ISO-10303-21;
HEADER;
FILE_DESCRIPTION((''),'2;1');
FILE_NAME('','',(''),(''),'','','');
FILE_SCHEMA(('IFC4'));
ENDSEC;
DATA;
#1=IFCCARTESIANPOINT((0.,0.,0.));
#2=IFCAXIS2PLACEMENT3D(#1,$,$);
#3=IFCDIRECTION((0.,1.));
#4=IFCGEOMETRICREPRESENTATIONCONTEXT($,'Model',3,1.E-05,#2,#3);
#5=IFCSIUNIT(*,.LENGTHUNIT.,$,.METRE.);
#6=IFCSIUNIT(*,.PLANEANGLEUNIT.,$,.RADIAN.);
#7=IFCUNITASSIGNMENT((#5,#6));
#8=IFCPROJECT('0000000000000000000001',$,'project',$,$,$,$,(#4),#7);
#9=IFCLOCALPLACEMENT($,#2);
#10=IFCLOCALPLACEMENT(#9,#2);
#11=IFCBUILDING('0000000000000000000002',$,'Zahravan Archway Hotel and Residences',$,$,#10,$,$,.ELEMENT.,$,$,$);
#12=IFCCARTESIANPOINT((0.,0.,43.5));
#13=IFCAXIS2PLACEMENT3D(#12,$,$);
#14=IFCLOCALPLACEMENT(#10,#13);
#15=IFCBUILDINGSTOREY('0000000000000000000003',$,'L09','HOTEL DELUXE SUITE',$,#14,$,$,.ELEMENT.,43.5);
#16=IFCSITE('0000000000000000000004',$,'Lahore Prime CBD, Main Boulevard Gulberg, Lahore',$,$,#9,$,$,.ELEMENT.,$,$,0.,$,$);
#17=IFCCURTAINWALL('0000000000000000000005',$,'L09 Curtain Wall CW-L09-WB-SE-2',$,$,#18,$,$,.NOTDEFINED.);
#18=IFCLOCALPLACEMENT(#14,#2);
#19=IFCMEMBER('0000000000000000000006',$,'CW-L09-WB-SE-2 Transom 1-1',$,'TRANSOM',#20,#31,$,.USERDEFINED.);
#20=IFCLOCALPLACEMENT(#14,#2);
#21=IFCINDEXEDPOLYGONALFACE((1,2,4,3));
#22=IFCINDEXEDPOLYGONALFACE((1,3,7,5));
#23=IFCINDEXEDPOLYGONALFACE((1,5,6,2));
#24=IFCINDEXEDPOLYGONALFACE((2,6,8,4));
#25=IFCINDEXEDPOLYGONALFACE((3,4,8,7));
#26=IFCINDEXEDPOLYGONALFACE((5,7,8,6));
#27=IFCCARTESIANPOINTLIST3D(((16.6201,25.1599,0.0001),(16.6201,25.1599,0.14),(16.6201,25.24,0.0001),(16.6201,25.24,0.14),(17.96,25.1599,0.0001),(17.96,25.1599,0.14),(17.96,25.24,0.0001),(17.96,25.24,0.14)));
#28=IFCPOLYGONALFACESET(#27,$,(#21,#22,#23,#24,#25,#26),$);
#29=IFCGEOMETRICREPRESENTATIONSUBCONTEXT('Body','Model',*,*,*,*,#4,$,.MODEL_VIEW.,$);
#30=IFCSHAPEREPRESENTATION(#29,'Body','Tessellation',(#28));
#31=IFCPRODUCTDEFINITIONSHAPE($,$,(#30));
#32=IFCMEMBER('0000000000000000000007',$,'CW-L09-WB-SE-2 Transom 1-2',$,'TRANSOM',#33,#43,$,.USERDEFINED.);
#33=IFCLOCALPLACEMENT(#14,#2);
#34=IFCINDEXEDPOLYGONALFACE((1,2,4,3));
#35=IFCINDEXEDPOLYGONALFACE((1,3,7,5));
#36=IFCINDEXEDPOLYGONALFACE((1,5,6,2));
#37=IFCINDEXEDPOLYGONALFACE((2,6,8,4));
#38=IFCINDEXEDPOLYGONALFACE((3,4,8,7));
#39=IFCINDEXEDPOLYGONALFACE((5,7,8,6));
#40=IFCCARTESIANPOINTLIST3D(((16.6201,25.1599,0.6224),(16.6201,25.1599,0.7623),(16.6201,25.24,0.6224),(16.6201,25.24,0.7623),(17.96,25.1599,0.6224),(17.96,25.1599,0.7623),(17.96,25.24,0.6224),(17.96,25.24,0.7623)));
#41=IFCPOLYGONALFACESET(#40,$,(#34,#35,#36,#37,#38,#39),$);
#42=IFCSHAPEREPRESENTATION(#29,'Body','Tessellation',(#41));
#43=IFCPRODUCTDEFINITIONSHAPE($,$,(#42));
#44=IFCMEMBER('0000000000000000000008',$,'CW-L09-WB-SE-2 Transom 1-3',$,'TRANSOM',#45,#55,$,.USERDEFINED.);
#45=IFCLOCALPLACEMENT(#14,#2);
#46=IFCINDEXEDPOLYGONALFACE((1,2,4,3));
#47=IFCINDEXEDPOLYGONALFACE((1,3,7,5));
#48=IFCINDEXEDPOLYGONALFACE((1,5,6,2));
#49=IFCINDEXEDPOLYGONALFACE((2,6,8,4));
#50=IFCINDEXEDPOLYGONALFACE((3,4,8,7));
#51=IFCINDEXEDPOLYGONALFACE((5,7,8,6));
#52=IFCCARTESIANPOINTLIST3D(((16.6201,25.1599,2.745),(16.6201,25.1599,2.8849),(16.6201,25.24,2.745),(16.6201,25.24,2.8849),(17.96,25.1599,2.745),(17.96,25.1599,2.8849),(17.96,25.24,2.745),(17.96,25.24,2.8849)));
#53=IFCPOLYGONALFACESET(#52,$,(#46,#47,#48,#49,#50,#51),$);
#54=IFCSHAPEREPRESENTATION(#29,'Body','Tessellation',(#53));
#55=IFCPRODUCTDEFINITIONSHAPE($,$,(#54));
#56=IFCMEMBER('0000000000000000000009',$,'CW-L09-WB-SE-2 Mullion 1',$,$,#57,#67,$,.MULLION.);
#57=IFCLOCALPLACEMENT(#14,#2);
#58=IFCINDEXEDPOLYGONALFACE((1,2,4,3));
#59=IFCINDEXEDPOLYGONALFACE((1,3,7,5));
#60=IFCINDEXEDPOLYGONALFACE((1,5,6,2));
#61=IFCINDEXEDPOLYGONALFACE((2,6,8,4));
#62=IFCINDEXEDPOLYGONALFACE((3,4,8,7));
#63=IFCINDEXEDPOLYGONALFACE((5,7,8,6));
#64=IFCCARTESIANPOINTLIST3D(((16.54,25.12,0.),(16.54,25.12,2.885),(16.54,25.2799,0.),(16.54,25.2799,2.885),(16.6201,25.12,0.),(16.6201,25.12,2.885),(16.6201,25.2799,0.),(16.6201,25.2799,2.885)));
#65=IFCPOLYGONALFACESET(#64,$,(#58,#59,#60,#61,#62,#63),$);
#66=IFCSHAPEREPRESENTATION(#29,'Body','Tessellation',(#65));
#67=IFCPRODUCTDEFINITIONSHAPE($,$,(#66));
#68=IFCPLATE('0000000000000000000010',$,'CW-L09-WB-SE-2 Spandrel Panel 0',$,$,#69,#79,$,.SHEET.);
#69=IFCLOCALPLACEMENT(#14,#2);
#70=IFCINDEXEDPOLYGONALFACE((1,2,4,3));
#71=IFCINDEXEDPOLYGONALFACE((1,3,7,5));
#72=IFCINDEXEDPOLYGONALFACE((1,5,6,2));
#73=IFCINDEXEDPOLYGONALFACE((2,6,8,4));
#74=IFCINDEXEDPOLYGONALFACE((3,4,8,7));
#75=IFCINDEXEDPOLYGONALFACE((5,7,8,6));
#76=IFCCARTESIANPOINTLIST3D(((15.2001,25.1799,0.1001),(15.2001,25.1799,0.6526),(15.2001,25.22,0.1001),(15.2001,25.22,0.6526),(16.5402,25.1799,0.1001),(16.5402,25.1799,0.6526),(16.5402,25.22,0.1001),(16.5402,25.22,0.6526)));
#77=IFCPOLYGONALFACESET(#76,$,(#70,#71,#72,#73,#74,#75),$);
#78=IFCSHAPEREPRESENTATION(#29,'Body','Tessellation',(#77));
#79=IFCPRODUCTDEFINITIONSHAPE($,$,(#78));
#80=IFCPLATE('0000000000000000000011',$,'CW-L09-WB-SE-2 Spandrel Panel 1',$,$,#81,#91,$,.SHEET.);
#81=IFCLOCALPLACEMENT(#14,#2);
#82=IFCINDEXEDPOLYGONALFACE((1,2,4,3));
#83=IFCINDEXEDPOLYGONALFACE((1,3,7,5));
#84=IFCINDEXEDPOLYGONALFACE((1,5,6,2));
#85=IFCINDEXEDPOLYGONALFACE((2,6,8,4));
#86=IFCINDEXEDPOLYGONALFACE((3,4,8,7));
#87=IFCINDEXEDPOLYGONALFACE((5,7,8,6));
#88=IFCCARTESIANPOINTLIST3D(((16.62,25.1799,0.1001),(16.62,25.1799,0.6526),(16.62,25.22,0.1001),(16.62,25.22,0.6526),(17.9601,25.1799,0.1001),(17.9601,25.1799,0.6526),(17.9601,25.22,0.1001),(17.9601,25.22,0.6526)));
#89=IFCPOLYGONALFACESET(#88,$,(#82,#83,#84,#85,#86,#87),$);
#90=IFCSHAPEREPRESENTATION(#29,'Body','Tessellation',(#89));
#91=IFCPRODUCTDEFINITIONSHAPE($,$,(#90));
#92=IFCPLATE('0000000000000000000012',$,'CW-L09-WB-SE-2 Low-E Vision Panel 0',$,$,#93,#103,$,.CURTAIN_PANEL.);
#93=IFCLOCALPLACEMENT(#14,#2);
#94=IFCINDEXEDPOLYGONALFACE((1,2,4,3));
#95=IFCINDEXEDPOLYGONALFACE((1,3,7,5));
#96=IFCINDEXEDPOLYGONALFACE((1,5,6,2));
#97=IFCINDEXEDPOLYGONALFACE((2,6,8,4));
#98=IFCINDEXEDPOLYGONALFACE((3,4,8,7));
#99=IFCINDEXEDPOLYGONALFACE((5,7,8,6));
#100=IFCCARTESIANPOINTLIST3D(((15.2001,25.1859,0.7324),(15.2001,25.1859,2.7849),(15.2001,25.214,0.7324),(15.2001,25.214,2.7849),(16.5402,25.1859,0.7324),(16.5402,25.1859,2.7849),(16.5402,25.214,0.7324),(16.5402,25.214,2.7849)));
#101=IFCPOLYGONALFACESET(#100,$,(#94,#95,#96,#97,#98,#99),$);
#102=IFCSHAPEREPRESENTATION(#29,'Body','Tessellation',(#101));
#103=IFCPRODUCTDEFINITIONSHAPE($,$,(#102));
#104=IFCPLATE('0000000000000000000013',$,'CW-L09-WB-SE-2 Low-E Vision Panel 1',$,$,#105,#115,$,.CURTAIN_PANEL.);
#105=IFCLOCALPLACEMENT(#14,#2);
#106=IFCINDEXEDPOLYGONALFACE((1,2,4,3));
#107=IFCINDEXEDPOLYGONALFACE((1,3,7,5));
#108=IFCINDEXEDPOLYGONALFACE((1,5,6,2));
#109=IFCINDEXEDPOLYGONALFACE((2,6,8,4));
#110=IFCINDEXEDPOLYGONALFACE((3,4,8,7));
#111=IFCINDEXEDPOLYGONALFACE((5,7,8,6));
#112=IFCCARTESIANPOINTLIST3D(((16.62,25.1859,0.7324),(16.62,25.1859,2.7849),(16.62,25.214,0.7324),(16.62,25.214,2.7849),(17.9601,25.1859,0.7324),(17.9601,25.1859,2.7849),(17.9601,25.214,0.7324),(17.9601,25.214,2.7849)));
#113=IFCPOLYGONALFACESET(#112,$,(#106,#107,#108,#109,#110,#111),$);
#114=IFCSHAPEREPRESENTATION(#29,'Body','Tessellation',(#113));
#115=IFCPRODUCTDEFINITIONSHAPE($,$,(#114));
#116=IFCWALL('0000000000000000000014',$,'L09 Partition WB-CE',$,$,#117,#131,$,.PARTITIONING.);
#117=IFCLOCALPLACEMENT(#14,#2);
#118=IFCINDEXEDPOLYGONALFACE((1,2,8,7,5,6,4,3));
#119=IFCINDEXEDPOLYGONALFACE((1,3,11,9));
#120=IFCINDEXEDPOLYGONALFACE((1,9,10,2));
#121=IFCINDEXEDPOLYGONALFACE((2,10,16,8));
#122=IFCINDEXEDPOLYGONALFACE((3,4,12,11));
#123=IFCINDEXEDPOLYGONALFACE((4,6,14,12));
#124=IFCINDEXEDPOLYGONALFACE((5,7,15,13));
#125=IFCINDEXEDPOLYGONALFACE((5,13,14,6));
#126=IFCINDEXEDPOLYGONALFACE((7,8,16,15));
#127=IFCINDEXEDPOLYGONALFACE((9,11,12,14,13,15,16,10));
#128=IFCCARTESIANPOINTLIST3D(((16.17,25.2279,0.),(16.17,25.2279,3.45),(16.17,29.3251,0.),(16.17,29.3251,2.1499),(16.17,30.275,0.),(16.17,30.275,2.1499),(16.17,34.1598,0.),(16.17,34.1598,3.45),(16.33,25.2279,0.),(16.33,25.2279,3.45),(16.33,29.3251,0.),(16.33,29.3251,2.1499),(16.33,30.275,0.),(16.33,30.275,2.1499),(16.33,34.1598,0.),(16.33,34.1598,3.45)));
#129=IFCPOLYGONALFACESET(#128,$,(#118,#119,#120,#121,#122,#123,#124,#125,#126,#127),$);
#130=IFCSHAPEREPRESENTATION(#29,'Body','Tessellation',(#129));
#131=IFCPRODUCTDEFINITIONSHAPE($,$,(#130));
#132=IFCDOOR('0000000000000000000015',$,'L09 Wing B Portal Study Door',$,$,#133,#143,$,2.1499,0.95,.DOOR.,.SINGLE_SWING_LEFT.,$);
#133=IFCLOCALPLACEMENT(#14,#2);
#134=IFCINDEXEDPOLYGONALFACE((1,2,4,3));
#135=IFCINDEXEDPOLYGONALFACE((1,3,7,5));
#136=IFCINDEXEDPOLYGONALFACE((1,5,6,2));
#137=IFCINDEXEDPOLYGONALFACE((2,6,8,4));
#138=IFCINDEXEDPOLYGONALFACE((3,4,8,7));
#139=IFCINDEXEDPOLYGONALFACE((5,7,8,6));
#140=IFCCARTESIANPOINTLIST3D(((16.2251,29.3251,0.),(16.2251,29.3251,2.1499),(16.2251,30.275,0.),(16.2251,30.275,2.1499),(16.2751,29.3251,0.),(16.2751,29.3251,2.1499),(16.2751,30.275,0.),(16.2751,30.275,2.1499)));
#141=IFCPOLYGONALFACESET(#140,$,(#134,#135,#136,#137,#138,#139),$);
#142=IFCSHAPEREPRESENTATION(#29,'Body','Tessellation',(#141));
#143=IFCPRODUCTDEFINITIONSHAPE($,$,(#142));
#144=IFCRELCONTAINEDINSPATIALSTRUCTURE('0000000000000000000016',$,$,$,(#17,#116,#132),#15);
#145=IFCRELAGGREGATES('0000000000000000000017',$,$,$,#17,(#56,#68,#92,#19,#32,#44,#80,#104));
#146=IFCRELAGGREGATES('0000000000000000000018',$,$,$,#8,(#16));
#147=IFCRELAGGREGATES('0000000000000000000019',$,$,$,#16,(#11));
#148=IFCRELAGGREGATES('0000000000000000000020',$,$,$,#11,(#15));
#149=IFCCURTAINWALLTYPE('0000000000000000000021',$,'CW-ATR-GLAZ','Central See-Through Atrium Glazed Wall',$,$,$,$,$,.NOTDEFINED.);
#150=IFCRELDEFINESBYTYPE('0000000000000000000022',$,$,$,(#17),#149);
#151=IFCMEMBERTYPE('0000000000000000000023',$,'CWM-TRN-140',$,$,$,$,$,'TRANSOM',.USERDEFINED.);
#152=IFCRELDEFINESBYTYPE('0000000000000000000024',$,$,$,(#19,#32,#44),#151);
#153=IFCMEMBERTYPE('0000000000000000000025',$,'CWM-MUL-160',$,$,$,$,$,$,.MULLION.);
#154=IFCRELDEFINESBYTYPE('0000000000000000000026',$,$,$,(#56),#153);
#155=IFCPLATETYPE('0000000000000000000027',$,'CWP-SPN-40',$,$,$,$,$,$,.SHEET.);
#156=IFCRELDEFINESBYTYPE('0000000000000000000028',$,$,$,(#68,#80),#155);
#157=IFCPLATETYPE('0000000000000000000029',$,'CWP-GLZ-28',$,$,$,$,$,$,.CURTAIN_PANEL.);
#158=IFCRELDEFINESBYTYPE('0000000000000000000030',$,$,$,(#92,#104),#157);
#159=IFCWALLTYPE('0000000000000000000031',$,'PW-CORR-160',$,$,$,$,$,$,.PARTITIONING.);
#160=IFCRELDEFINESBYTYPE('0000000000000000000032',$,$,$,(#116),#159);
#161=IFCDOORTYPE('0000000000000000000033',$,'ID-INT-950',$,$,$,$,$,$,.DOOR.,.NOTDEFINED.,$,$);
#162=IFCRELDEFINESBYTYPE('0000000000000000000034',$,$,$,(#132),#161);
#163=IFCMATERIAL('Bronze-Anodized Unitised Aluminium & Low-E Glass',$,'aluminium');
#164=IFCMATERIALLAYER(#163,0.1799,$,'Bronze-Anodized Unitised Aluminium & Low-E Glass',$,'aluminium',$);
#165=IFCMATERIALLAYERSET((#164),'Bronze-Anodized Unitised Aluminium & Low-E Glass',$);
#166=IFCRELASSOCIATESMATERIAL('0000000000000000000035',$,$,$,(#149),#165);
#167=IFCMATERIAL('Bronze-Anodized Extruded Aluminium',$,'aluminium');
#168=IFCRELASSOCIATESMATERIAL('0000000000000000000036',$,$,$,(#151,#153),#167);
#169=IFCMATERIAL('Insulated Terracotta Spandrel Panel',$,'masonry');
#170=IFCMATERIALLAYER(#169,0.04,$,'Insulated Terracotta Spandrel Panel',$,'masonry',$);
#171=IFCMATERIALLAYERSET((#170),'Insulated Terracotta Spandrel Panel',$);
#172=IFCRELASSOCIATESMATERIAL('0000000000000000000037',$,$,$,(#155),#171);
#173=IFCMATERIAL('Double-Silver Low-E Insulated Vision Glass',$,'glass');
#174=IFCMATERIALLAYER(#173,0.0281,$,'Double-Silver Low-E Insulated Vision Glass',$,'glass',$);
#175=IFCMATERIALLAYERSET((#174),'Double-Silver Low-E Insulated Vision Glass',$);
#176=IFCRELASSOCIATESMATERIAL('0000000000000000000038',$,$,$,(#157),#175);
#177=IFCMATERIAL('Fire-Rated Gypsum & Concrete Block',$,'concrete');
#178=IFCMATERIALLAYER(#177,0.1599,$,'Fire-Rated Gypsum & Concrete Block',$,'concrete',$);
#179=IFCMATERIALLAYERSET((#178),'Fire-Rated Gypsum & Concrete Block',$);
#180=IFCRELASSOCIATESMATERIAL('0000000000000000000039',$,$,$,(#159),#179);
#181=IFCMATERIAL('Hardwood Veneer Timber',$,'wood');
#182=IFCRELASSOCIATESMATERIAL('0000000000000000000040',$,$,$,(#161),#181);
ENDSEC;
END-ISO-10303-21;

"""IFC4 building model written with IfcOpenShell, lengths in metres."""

from ifc_helpers import new_model, si_unit, direction, frame, frame_2d, origin, origin_2d, place, context, subcontext, project, spatial, rectangle, extrude, source, transform, mapped, material, layer, layer_set, material_profile, profile_set, type_object, type_shapes, element, fill, aggregate, save


model = new_model("IFC4")

# Units and contexts
model_context = context("Model", 3, precision=1e-05, world=origin(), true_north=direction((0.0, 1.0)))
body_context = subcontext(model_context, "Body", "Model", "MODEL_VIEW")
ifc_project = project(units=[si_unit("LENGTHUNIT", "METRE"), si_unit("PLANEANGLEUNIT", "RADIAN")], contexts=[model_context])

# Site, building, storey
site_placement = place(None, origin())
site = spatial("IfcSite", under=ifc_project, at=site_placement, Name="Lahore Prime CBD, Main Boulevard Gulberg, Lahore", CompositionType="ELEMENT", RefElevation=0.0)
building_placement = place(site_placement, origin())
building = spatial("IfcBuilding", under=site, at=building_placement, Name="Zahravan Archway Hotel and Residences", CompositionType="ELEMENT")
storey_placement = place(building_placement, frame((0.0, 0.0, 43.5)))
storey = spatial("IfcBuildingStorey", under=building, at=storey_placement, Name="L09", Description="HOTEL DELUXE SUITE", CompositionType="ELEMENT", Elevation=43.5)

# Curtain wall, members, plates
ifc_material_1 = material(Name="Bronze-Anodized Unitised Aluminium & Low-E Glass", Category="aluminium")
ifc_layer_1 = layer(ifc_material_1, 0.1799, Name="Bronze-Anodized Unitised Aluminium & Low-E Glass", Category="aluminium")
ifc_layer_set_1 = layer_set([ifc_layer_1], Name="Bronze-Anodized Unitised Aluminium & Low-E Glass")
curtain_wall_type = type_object("IfcCurtainWallType", Name="CW-ATR-GLAZ", Description="Central See-Through Atrium Glazed Wall", PredefinedType="NOTDEFINED", material=ifc_layer_set_1)
curtain_wall_placement = place(storey_placement, origin())
curtain_wall = element("IfcCurtainWall", 1, at=curtain_wall_placement, inside=storey, type_object=curtain_wall_type, Name="L09 Curtain Wall CW-L09-WB-SE-2", PredefinedType="NOTDEFINED")
ifc_material_2 = material(Name="Bronze-Anodized Extruded Aluminium", Category="aluminium")
ifc_material_profile_1 = material_profile(ifc_material_2, rectangle(XDim=0.0801, YDim=0.1399, at=origin_2d()), Name="TRN 80x140", Category="aluminium")
ifc_profile_set_1 = profile_set([ifc_material_profile_1], Name="Bronze-Anodized Extruded Aluminium")
member_type_1 = type_object("IfcMemberType", Name="CWM-TRN-140", ElementType="TRANSOM", PredefinedType="USERDEFINED", material=ifc_profile_set_1)
shared_shape_1 = source(origin(), body_context, "Body", "SweptSolid", [
    extrude(rectangle(XDim=0.0801, YDim=0.1399, at=origin_2d()), origin(), (0.0, 0.0, 1.0), 1.3398),
])
member_1_placement = place(storey_placement, frame((16.6201, 25.2, 0.0701), z_axis=(1.0, 0.0, 0.0), x_axis=(0.0, 1.0, 0.0)))
member_1 = element("IfcMember", 2, at=member_1_placement, type_object=member_type_1, Name="CW-L09-WB-SE-2 Transom 1-1", ObjectType="TRANSOM", PredefinedType="USERDEFINED", context=body_context, shape_type="MappedRepresentation", body=[
    mapped(shared_shape_1, transform((0.0, 0.0, 0.0), scale=1.0)),
])
member_2_placement = place(storey_placement, frame((16.6201, 25.2, 0.6924), z_axis=(1.0, 0.0, 0.0), x_axis=(0.0, 1.0, 0.0)))
member_2 = element("IfcMember", 3, at=member_2_placement, type_object=member_type_1, Name="CW-L09-WB-SE-2 Transom 1-2", ObjectType="TRANSOM", PredefinedType="USERDEFINED", context=body_context, shape_type="MappedRepresentation", body=[
    mapped(shared_shape_1, transform((0.0, 0.0, 0.0), scale=1.0)),
])
member_3_placement = place(storey_placement, frame((16.6201, 25.2, 2.8149), z_axis=(1.0, 0.0, 0.0), x_axis=(0.0, 1.0, 0.0)))
member_3 = element("IfcMember", 4, at=member_3_placement, type_object=member_type_1, Name="CW-L09-WB-SE-2 Transom 1-3", ObjectType="TRANSOM", PredefinedType="USERDEFINED", context=body_context, shape_type="MappedRepresentation", body=[
    mapped(shared_shape_1, transform((0.0, 0.0, 0.0), scale=1.0)),
])
ifc_material_profile_2 = material_profile(ifc_material_2, rectangle(XDim=0.0801, YDim=0.1599, at=origin_2d()), Name="MUL 80x160", Category="aluminium")
ifc_profile_set_2 = profile_set([ifc_material_profile_2], Name="Bronze-Anodized Extruded Aluminium")
member_type_2 = type_object("IfcMemberType", Name="CWM-MUL-160", PredefinedType="MULLION", material=ifc_profile_set_2)
shared_shape_2 = source(origin(), body_context, "Body", "SweptSolid", [
    extrude(rectangle(XDim=0.0801, YDim=0.1599, at=origin_2d()), origin(), (0.0, 0.0, 1.0), 2.885),
])
member_4_placement = place(storey_placement, frame((16.5801, 25.2, 0.0), z_axis=(0.0, 0.0, 1.0), x_axis=(1.0, 0.0, 0.0)))
member_4 = element("IfcMember", 5, at=member_4_placement, type_object=member_type_2, Name="CW-L09-WB-SE-2 Mullion 1", PredefinedType="MULLION", context=body_context, shape_type="MappedRepresentation", body=[
    mapped(shared_shape_2, transform((0.0, 0.0, 0.0), scale=1.0)),
])
ifc_material_3 = material(Name="Insulated Terracotta Spandrel Panel", Category="masonry")
ifc_layer_2 = layer(ifc_material_3, 0.04, Name="Insulated Terracotta Spandrel Panel", Category="masonry")
ifc_layer_set_2 = layer_set([ifc_layer_2], Name="Insulated Terracotta Spandrel Panel")
plate_type_1 = type_object("IfcPlateType", Name="CWP-SPN-40", PredefinedType="SHEET", material=ifc_layer_set_2)
shared_shape_3 = source(origin(), body_context, "Body", "SweptSolid", [
    extrude(rectangle(XDim=1.3401, YDim=0.04, at=origin_2d()), origin(), (0.0, 0.0, 1.0), 0.5525),
])
plate_1_placement = place(storey_placement, frame((15.8701, 25.2, 0.1001), z_axis=(0.0, 0.0, 1.0), x_axis=(1.0, 0.0, 0.0)))
plate_1 = element("IfcPlate", 6, at=plate_1_placement, type_object=plate_type_1, Name="CW-L09-WB-SE-2 Spandrel Panel 0", PredefinedType="SHEET", context=body_context, shape_type="MappedRepresentation", body=[
    mapped(shared_shape_3, transform((0.0, 0.0, 0.0), scale=1.0)),
])
plate_2_placement = place(storey_placement, frame((17.29, 25.2, 0.1001), z_axis=(0.0, 0.0, 1.0), x_axis=(1.0, 0.0, 0.0)))
plate_2 = element("IfcPlate", 7, at=plate_2_placement, type_object=plate_type_1, Name="CW-L09-WB-SE-2 Spandrel Panel 1", PredefinedType="SHEET", context=body_context, shape_type="MappedRepresentation", body=[
    mapped(shared_shape_3, transform((0.0, 0.0, 0.0), scale=1.0)),
])
ifc_material_4 = material(Name="Double-Silver Low-E Insulated Vision Glass", Category="glass")
ifc_layer_3 = layer(ifc_material_4, 0.0281, Name="Double-Silver Low-E Insulated Vision Glass", Category="glass")
ifc_layer_set_3 = layer_set([ifc_layer_3], Name="Double-Silver Low-E Insulated Vision Glass")
plate_type_2 = type_object("IfcPlateType", Name="CWP-GLZ-28", PredefinedType="CURTAIN_PANEL", material=ifc_layer_set_3)
shared_shape_4 = source(origin(), body_context, "Body", "SweptSolid", [
    extrude(rectangle(XDim=1.3401, YDim=0.0281, at=origin_2d()), origin(), (0.0, 0.0, 1.0), 2.0525),
])
plate_3_placement = place(storey_placement, frame((15.8701, 25.2, 0.7324), z_axis=(0.0, 0.0, 1.0), x_axis=(1.0, 0.0, 0.0)))
plate_3 = element("IfcPlate", 8, at=plate_3_placement, type_object=plate_type_2, Name="CW-L09-WB-SE-2 Low-E Vision Panel 0", PredefinedType="CURTAIN_PANEL", context=body_context, shape_type="MappedRepresentation", body=[
    mapped(shared_shape_4, transform((0.0, 0.0, 0.0), scale=1.0)),
])
plate_4_placement = place(storey_placement, frame((17.29, 25.2, 0.7324), z_axis=(0.0, 0.0, 1.0), x_axis=(1.0, 0.0, 0.0)))
plate_4 = element("IfcPlate", 9, at=plate_4_placement, type_object=plate_type_2, Name="CW-L09-WB-SE-2 Low-E Vision Panel 1", PredefinedType="CURTAIN_PANEL", context=body_context, shape_type="MappedRepresentation", body=[
    mapped(shared_shape_4, transform((0.0, 0.0, 0.0), scale=1.0)),
])
aggregate(curtain_wall, [member_4, plate_1, plate_3, member_1, member_2, member_3, plate_2, plate_4])

# Wall, opening, door
ifc_material_5 = material(Name="Fire-Rated Gypsum & Concrete Block", Category="concrete")
ifc_layer_4 = layer(ifc_material_5, 0.1599, Name="Fire-Rated Gypsum & Concrete Block", Category="concrete")
ifc_layer_set_4 = layer_set([ifc_layer_4], Name="Fire-Rated Gypsum & Concrete Block")
wall_type = type_object("IfcWallType", Name="PW-CORR-160", PredefinedType="PARTITIONING", material=ifc_layer_set_4)
wall_placement = place(storey_placement, frame((16.25, 25.228, 0.0), z_axis=(0.0, 0.0, 1.0), x_axis=(0.0, 1.0, 0.0)))
wall = element("IfcWall", 10, at=wall_placement, inside=storey, type_object=wall_type, Name="L09 Partition WB-CE", PredefinedType="PARTITIONING", context=body_context, shape_type="SweptSolid", body=[
    extrude(rectangle(XDim=8.9319, YDim=0.1599, at=frame_2d((4.4658, 0.0))), origin(), (0.0, 0.0, 1.0), 3.45),
])
opening_placement = place(wall_placement, frame((4.0969, 0.0, 0.0)))
opening = element("IfcOpeningElement", 11, at=opening_placement, cuts=wall, PredefinedType="OPENING", context=body_context, shape_type="SweptSolid", body=[
    extrude(rectangle(XDim=0.95, YDim=2.1499, at=frame_2d((0.4751, 1.075))), frame((0.0, 0.0898, 0.0), z_axis=(0.0, -1.0, 0.0), x_axis=(1.0, 0.0, 0.0)), (0.0, 0.0, 1.0), 0.1799),
])
ifc_material_6 = material(Name="Hardwood Veneer Timber", Category="wood")
door_type = type_object("IfcDoorType", Name="ID-INT-950", OperationType="NOTDEFINED", PredefinedType="DOOR", material=ifc_material_6)
shared_shape_5 = source(origin(), body_context, "Body", "SweptSolid", [
    extrude(rectangle(XDim=0.95, YDim=2.1499, at=frame_2d((0.4751, 1.075))), frame((0.0, 0.0249, 0.0), z_axis=(0.0, -1.0, 0.0), x_axis=(1.0, 0.0, 0.0)), (0.0, 0.0, 1.0), 0.05),
])
type_shapes(door_type, [shared_shape_5])
door_placement = place(opening_placement, origin())
door = element("IfcDoor", 12, at=door_placement, inside=storey, type_object=door_type, Name="L09 Wing B Portal Study Door", OperationType="SINGLE_SWING_LEFT", OverallHeight=2.1499, OverallWidth=0.95, PredefinedType="DOOR", context=body_context, shape_type="MappedRepresentation", body=[
    mapped(shared_shape_5, transform((0.0, 0.0, 0.0), scale=1.0)),
])
fill(opening, door)

save(model, "model.ifc")
